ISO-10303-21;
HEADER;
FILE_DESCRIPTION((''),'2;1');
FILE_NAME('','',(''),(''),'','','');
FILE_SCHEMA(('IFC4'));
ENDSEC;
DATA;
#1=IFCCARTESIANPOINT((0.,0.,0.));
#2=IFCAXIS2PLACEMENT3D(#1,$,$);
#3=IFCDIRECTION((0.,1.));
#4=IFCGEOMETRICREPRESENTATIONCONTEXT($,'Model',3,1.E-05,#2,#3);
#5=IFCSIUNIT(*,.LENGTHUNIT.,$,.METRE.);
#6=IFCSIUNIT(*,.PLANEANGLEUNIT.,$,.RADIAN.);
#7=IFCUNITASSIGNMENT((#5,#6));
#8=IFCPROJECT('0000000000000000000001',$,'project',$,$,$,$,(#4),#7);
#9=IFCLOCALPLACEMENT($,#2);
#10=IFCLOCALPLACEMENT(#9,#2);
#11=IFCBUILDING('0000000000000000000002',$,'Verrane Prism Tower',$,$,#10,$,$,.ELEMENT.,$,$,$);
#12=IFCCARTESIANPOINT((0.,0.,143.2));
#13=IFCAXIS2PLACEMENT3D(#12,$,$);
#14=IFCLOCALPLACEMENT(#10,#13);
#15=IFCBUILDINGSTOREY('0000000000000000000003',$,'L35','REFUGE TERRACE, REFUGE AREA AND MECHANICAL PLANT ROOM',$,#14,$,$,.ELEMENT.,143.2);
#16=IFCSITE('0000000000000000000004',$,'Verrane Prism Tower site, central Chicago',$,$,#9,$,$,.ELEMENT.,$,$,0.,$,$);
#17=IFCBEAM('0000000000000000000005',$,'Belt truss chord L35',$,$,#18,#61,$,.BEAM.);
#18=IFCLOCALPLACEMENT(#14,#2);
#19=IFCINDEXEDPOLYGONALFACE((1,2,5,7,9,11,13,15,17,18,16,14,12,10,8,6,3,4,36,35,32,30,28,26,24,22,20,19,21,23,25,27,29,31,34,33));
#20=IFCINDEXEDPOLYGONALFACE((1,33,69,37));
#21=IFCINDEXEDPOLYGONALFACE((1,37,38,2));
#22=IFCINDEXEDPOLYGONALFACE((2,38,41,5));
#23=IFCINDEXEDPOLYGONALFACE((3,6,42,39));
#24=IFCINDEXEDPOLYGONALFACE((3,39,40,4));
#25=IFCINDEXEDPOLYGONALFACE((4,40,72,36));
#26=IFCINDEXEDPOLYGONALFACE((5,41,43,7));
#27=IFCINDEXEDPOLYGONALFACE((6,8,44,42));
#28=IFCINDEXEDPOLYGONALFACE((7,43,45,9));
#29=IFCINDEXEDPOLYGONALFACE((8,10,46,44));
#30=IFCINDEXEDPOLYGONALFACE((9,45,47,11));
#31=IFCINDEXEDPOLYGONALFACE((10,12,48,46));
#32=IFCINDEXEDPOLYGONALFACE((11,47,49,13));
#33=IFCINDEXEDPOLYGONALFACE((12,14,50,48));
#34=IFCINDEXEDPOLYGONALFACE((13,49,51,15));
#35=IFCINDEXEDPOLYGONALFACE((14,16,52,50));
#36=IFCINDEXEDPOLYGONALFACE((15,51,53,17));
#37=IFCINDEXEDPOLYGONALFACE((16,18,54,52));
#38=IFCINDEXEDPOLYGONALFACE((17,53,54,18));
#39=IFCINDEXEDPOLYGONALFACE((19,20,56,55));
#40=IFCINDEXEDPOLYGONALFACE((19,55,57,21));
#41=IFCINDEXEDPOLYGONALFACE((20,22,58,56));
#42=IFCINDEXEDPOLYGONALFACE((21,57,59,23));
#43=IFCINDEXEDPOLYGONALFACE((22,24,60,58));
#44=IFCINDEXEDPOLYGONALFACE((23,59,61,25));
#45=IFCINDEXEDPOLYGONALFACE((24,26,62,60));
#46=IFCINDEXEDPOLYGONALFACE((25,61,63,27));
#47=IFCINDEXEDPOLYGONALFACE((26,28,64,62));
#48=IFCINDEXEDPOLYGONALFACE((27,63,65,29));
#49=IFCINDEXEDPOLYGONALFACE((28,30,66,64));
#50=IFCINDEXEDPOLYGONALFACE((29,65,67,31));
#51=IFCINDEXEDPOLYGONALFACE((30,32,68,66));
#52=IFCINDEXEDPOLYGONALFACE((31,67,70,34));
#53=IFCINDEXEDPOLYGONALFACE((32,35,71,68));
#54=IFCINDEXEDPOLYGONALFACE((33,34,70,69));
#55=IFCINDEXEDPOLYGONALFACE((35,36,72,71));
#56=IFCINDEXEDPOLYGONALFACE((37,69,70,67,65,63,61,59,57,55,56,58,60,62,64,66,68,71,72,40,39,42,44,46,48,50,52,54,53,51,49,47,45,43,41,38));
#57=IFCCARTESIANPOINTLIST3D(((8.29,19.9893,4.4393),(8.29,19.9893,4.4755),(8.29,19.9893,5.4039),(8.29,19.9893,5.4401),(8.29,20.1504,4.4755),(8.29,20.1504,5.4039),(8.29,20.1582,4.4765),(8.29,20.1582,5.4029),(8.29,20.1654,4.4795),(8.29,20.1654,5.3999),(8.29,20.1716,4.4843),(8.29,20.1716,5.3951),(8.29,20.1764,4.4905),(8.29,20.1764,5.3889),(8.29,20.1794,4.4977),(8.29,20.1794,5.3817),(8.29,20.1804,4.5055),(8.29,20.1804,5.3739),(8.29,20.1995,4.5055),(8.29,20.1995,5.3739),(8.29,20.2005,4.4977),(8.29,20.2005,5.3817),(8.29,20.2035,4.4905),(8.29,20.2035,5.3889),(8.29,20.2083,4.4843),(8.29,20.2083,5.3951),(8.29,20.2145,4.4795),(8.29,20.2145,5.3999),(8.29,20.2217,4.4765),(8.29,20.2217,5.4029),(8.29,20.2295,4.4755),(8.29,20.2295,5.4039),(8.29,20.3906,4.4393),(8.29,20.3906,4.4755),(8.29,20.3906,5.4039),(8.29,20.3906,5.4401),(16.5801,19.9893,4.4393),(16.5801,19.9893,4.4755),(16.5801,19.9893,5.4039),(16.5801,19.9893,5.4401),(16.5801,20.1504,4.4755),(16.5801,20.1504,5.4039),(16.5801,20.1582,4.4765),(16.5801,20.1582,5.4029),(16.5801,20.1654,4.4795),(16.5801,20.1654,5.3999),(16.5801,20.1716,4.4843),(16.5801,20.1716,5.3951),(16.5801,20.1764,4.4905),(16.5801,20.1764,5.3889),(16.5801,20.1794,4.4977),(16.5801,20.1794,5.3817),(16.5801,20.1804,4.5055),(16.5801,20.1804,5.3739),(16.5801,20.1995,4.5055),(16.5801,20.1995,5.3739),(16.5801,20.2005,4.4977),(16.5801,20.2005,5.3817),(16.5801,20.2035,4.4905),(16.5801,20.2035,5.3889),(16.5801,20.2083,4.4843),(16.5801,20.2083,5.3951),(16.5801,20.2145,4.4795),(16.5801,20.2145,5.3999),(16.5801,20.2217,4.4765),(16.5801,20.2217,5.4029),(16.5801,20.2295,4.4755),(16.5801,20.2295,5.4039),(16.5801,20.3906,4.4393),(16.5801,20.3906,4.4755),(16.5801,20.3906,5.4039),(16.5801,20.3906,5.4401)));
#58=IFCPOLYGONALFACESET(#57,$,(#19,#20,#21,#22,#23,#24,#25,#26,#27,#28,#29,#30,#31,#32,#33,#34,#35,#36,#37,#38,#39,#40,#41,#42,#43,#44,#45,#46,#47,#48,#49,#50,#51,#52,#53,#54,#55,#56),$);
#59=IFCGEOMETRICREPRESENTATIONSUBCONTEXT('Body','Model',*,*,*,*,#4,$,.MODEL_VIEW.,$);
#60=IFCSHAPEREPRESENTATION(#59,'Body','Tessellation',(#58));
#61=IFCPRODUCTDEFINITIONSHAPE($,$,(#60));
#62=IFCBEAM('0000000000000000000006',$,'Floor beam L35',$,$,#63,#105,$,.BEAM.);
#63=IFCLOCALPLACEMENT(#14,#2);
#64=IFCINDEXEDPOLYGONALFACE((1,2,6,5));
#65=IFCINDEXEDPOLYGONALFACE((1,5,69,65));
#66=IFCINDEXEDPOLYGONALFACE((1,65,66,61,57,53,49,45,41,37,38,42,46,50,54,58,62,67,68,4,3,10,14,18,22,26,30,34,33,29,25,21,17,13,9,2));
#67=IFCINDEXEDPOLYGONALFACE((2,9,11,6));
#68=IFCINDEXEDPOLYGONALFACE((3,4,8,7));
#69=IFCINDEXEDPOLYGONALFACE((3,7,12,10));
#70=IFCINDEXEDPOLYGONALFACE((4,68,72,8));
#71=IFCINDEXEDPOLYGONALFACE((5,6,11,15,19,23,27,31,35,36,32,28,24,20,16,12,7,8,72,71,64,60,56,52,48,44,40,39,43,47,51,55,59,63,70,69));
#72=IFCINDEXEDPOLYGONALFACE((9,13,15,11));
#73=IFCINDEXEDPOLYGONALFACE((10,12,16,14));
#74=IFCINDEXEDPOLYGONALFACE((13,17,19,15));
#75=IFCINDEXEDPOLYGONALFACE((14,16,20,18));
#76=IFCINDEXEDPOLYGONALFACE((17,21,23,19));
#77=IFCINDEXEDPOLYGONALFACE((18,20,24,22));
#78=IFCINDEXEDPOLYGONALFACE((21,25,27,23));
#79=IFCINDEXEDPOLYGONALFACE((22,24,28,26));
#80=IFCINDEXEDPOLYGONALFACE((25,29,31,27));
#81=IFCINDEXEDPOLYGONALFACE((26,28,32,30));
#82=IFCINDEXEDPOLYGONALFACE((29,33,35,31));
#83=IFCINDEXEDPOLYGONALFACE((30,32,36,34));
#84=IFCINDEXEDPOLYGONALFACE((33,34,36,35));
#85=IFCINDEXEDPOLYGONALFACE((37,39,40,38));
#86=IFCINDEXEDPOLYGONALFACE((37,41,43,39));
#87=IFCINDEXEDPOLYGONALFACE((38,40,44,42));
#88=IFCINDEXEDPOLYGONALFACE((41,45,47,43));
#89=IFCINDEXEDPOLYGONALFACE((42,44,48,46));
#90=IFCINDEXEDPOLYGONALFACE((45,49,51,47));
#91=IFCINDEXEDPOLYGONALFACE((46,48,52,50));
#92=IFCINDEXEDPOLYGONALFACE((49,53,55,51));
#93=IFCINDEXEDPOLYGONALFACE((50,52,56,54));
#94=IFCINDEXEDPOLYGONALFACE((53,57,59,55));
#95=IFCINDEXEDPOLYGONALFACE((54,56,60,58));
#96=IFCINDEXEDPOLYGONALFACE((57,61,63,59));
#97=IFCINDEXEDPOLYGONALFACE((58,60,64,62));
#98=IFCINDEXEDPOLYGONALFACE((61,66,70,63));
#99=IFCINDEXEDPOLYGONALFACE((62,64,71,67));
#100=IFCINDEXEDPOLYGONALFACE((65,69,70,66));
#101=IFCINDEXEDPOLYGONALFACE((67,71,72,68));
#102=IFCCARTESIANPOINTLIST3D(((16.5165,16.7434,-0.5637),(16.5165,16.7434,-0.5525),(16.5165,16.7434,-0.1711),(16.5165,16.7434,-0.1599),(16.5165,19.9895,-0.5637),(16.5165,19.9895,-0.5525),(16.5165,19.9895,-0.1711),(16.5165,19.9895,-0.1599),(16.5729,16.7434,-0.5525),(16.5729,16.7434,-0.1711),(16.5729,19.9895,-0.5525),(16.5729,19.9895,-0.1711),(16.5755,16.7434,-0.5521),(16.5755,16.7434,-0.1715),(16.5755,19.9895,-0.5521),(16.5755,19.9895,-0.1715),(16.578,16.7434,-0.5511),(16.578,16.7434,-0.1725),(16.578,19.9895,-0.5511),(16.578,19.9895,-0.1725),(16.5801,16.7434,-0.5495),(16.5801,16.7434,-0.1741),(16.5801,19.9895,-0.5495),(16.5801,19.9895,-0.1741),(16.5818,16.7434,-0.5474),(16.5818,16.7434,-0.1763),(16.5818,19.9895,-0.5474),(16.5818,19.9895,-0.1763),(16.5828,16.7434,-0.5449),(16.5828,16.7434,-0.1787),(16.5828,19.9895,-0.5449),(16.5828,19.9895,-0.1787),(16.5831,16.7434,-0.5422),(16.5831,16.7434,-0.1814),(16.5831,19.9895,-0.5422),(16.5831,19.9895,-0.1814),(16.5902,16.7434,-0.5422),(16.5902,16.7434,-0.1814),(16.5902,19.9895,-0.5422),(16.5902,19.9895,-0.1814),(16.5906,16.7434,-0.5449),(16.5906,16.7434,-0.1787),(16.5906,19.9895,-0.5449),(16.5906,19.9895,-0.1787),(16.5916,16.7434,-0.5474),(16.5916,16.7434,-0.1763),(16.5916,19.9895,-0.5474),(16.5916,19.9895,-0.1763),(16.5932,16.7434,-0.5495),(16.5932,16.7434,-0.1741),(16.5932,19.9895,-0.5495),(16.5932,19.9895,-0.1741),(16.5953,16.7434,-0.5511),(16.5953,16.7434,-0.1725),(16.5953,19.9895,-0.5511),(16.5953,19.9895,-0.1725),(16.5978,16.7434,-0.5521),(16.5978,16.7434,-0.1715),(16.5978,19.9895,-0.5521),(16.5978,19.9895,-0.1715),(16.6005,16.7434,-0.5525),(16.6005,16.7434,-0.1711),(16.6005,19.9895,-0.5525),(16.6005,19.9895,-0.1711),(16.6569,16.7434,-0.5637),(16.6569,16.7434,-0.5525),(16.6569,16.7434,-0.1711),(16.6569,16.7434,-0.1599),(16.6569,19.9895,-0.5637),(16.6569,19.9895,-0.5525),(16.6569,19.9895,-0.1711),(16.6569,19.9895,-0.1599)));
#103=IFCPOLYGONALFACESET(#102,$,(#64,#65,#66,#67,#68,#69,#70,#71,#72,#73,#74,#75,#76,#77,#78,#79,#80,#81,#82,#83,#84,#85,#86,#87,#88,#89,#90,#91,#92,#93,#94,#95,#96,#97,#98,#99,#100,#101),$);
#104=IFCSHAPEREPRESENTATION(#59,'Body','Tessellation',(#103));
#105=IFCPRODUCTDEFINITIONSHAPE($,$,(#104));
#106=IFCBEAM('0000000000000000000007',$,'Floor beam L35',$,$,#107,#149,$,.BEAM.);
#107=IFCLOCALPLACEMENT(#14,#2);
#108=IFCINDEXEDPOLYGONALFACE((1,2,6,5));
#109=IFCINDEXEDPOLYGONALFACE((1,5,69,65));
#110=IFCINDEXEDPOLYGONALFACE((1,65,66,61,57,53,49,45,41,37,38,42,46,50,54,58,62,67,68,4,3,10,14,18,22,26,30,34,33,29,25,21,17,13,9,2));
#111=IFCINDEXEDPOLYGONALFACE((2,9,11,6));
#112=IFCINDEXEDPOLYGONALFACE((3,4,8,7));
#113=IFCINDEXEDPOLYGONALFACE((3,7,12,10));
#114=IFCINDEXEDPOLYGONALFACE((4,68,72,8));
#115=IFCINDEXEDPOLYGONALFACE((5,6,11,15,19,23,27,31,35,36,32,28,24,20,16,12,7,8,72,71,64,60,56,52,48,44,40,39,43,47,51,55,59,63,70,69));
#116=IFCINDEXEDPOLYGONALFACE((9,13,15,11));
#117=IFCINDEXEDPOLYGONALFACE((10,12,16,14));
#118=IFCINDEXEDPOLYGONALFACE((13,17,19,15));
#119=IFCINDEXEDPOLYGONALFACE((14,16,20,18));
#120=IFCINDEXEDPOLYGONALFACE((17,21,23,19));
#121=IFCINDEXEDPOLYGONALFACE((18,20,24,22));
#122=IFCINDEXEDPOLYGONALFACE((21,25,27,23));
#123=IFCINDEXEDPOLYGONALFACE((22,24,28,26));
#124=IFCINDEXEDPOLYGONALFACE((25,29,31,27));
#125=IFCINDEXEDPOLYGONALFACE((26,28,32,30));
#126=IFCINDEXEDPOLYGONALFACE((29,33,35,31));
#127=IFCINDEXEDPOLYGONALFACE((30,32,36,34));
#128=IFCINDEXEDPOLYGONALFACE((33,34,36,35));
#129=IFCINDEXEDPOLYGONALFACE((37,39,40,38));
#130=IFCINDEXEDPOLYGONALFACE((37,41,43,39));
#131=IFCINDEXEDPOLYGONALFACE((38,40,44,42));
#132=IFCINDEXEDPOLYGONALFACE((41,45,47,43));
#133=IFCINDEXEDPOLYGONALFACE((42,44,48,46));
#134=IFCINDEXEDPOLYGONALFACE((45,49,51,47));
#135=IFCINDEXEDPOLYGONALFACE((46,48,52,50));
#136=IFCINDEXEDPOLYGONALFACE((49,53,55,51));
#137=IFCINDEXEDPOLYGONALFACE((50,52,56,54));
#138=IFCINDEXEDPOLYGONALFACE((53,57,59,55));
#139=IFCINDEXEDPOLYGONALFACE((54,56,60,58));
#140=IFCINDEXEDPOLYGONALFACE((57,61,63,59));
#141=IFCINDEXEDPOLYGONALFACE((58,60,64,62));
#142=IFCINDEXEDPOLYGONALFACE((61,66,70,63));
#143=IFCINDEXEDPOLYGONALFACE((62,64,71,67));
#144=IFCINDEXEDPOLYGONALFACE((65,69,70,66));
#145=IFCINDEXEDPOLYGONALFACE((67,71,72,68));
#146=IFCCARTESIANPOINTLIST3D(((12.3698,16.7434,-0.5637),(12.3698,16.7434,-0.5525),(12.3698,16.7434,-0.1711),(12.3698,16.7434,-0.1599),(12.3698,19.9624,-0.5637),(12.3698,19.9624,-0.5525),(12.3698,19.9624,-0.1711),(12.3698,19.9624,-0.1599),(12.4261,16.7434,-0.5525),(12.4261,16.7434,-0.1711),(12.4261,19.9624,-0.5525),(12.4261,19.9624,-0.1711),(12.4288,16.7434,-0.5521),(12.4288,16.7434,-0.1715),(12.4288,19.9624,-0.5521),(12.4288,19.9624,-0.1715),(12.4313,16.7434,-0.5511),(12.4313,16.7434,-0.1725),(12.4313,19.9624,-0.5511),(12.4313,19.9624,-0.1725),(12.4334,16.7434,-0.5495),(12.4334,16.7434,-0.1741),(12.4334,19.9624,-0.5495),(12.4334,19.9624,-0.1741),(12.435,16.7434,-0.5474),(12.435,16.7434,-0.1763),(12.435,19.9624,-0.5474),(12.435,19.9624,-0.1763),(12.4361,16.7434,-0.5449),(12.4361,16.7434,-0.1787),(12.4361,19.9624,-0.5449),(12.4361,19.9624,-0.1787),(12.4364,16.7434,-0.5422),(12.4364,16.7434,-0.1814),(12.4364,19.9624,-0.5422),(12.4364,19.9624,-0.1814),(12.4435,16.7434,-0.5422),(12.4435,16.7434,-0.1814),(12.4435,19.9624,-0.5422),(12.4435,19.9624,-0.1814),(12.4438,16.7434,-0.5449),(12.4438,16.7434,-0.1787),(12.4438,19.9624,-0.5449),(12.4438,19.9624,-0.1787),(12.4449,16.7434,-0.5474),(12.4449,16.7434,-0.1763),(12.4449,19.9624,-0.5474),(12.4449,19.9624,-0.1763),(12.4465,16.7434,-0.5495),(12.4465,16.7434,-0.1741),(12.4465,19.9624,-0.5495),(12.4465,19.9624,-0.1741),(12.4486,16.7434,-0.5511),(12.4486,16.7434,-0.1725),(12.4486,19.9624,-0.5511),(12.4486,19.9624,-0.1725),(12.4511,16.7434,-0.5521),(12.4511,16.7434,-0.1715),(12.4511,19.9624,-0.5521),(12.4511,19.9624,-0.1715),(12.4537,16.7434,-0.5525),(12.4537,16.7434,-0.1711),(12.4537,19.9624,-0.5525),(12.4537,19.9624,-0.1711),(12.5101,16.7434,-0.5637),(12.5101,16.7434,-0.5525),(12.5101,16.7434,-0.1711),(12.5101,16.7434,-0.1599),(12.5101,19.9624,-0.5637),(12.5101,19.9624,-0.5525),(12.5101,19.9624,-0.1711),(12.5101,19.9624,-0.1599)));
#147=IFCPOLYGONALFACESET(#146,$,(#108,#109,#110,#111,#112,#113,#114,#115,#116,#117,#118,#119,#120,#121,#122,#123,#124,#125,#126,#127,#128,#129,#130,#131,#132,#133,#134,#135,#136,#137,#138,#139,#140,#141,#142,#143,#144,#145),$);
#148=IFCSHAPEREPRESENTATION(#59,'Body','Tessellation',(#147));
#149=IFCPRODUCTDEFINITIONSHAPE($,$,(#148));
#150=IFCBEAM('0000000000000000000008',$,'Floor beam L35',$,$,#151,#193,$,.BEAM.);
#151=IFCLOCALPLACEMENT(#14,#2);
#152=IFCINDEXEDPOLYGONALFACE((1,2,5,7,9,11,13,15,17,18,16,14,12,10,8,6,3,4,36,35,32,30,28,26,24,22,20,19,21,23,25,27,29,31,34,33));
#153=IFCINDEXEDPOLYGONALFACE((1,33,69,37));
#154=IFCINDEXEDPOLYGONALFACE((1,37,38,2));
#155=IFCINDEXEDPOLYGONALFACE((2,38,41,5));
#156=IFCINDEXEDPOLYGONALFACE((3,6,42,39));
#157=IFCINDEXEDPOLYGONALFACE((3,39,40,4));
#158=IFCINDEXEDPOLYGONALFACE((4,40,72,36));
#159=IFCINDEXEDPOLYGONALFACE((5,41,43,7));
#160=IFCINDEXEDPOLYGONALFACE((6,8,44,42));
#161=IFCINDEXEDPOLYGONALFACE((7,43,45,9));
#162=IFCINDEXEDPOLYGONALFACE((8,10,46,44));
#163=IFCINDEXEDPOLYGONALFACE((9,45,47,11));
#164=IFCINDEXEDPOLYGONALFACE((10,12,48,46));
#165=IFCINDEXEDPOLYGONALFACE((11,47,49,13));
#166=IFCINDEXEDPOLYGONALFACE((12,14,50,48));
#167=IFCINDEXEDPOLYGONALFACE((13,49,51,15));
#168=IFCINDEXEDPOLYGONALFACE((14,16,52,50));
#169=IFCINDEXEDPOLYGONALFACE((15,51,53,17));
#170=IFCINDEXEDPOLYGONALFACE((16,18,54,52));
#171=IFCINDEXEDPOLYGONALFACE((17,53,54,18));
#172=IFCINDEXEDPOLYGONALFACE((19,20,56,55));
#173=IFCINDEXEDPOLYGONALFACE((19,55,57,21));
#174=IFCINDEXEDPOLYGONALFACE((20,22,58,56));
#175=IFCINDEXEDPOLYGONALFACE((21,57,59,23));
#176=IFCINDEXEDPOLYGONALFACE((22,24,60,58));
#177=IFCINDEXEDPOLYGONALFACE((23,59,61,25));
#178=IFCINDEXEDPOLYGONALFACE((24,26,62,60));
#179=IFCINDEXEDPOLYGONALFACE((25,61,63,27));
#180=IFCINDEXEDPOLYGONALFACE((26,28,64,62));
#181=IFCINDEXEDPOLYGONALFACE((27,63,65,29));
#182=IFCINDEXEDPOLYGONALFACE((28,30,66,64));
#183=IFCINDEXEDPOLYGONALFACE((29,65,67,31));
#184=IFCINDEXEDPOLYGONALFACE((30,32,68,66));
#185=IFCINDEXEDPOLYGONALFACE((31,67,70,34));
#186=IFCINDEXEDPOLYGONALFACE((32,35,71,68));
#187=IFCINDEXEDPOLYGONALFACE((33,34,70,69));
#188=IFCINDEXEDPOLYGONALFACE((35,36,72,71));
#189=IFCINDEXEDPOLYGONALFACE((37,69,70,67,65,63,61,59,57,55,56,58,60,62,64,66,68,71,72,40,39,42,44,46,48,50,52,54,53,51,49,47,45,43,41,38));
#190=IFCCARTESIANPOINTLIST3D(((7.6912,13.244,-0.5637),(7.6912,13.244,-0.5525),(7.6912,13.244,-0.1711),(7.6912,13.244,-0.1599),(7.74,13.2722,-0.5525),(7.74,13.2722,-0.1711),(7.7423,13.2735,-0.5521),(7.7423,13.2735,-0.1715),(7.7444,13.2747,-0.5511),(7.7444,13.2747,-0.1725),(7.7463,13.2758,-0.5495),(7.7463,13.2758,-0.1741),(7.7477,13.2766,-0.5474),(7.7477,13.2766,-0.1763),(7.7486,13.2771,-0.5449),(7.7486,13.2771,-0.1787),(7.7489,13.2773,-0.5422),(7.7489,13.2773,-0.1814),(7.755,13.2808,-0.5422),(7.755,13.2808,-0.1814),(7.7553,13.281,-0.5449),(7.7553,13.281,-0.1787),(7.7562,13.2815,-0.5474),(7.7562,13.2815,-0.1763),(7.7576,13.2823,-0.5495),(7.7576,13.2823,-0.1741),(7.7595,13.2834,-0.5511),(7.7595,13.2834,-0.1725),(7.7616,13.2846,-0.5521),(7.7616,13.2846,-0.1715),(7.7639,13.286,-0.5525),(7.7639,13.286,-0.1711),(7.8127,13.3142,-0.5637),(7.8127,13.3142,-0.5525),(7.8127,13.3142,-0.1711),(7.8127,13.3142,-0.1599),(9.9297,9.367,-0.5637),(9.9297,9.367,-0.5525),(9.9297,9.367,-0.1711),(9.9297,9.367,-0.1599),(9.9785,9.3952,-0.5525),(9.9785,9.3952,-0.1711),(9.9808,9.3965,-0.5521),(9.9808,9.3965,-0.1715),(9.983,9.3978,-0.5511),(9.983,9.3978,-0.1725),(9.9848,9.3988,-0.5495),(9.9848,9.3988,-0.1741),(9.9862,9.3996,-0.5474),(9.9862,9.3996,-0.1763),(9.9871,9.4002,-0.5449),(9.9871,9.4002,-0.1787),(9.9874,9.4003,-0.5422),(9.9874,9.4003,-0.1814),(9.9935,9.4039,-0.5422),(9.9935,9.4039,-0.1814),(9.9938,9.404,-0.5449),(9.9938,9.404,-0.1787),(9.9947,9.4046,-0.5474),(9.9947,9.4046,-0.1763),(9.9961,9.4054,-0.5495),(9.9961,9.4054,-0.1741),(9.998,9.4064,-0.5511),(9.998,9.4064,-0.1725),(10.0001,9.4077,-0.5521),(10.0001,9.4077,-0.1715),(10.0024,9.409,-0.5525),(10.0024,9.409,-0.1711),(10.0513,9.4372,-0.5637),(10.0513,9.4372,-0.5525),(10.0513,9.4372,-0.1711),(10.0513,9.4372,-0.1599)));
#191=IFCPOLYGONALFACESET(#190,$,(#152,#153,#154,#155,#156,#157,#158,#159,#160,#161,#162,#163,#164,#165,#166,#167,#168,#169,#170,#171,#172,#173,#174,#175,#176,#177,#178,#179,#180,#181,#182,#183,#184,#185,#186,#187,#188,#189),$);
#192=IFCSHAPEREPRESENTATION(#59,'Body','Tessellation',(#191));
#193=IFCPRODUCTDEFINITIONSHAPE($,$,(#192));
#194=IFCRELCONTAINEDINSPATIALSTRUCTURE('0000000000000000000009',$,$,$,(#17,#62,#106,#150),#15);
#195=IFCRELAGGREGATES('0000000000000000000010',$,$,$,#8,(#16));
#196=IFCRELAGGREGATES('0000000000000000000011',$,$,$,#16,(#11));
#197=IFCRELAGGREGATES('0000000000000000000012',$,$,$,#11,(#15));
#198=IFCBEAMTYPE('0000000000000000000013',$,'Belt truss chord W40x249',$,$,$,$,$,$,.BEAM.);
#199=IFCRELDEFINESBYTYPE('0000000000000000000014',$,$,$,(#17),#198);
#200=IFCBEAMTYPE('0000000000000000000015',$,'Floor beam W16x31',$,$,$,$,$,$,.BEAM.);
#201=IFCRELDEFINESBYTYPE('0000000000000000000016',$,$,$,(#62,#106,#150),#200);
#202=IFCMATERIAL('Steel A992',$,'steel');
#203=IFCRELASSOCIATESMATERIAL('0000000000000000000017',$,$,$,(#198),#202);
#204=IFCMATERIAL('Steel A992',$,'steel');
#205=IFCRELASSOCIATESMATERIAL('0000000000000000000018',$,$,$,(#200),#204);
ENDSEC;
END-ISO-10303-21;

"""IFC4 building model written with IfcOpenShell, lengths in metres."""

from ifc_helpers import new_model, si_unit, direction, frame, origin, origin_2d, place, context, subcontext, project, spatial, i_section, extrude, material, material_profile, profile_set, type_object, element, save


model = new_model("IFC4")

# Units and contexts
model_context = context("Model", 3, precision=1e-05, world=origin(), true_north=direction((0.0, 1.0)))
body_context = subcontext(model_context, "Body", "Model", "MODEL_VIEW")
ifc_project = project(units=[si_unit("LENGTHUNIT", "METRE"), si_unit("PLANEANGLEUNIT", "RADIAN")], contexts=[model_context])

# Site, building, storey
site_placement = place(None, origin())
site = spatial("IfcSite", under=ifc_project, at=site_placement, Name="Verrane Prism Tower site, central Chicago", CompositionType="ELEMENT", RefElevation=0.0)
building_placement = place(site_placement, origin())
building = spatial("IfcBuilding", under=site, at=building_placement, Name="Verrane Prism Tower", CompositionType="ELEMENT")
storey_placement = place(building_placement, frame((0.0, 0.0, 143.2)))
storey = spatial("IfcBuildingStorey", under=building, at=storey_placement, Name="L35", Description="REFUGE TERRACE, REFUGE AREA AND MECHANICAL PLANT ROOM", CompositionType="ELEMENT", Elevation=143.2)

# Beams
ifc_material_1 = material(Name="Steel A992", Category="steel")
ifc_material_profile_1 = material_profile(ifc_material_1, i_section(OverallWidth=0.4014, OverallDepth=1.0007, WebThickness=0.019, FlangeThickness=0.0361, FilletRadius=0.03, at=origin_2d()), Name="W40x249")
ifc_profile_set_1 = profile_set([ifc_material_profile_1], Name="Steel A992")
beam_type_1 = type_object("IfcBeamType", Name="Belt truss chord W40x249", PredefinedType="BEAM", material=ifc_profile_set_1)
beam_1_placement = place(storey_placement, frame((16.5801, 20.1899, 4.9397), z_axis=(-1.0, 0.0, 0.0), x_axis=(0.0, -1.0, 0.0)))
element("IfcBeam", 1, at=beam_1_placement, inside=storey, type_object=beam_type_1, Name="Belt truss chord L35", PredefinedType="BEAM", context=body_context, shape_type="SweptSolid", body=[
    extrude(i_section(OverallWidth=0.4014, OverallDepth=1.0007, WebThickness=0.019, FlangeThickness=0.0361, FilletRadius=0.03, at=origin_2d()), origin(), (0.0, 0.0, 1.0), 8.29),
])
ifc_material_2 = material(Name="Steel A992", Category="steel")
ifc_material_profile_2 = material_profile(ifc_material_2, i_section(OverallWidth=0.1404, OverallDepth=0.4038, WebThickness=0.0071, FlangeThickness=0.0112, FilletRadius=0.0103, at=origin_2d()), Name="W16x31")
ifc_profile_set_2 = profile_set([ifc_material_profile_2], Name="Steel A992")
beam_type_2 = type_object("IfcBeamType", Name="Floor beam W16x31", PredefinedType="BEAM", material=ifc_profile_set_2)
beam_2_placement = place(storey_placement, frame((16.5867, 16.7434, -0.3618), z_axis=(0.0, 1.0, 0.0), x_axis=(-1.0, 0.0, 0.0)))
element("IfcBeam", 2, at=beam_2_placement, inside=storey, type_object=beam_type_2, Name="Floor beam L35", PredefinedType="BEAM", context=body_context, shape_type="SweptSolid", body=[
    extrude(i_section(OverallWidth=0.1404, OverallDepth=0.4038, WebThickness=0.0071, FlangeThickness=0.0112, FilletRadius=0.0103, at=origin_2d()), origin(), (0.0, 0.0, 1.0), 3.2461),
])
beam_3_placement = place(storey_placement, frame((12.4399, 16.7434, -0.3618), z_axis=(0.0, 1.0, 0.0), x_axis=(-1.0, 0.0, 0.0)))
element("IfcBeam", 3, at=beam_3_placement, inside=storey, type_object=beam_type_2, Name="Floor beam L35", PredefinedType="BEAM", context=body_context, shape_type="SweptSolid", body=[
    extrude(i_section(OverallWidth=0.1404, OverallDepth=0.4038, WebThickness=0.0071, FlangeThickness=0.0112, FilletRadius=0.0103, at=origin_2d()), origin(), (0.0, 0.0, 1.0), 3.219),
])
beam_4_placement = place(storey_placement, frame((9.9905, 9.4021, -0.3618), z_axis=(-0.500028, 0.866009, 0.0), x_axis=(-0.866009, -0.500028, 0.0)))
element("IfcBeam", 4, at=beam_4_placement, inside=storey, type_object=beam_type_2, Name="Floor beam L35", PredefinedType="BEAM", context=body_context, shape_type="SweptSolid", body=[
    extrude(i_section(OverallWidth=0.1404, OverallDepth=0.4038, WebThickness=0.0071, FlangeThickness=0.0112, FilletRadius=0.0103, at=origin_2d()), origin(), (0.0, 0.0, 1.0), 4.4768),
])

save(model, "model.ifc")
